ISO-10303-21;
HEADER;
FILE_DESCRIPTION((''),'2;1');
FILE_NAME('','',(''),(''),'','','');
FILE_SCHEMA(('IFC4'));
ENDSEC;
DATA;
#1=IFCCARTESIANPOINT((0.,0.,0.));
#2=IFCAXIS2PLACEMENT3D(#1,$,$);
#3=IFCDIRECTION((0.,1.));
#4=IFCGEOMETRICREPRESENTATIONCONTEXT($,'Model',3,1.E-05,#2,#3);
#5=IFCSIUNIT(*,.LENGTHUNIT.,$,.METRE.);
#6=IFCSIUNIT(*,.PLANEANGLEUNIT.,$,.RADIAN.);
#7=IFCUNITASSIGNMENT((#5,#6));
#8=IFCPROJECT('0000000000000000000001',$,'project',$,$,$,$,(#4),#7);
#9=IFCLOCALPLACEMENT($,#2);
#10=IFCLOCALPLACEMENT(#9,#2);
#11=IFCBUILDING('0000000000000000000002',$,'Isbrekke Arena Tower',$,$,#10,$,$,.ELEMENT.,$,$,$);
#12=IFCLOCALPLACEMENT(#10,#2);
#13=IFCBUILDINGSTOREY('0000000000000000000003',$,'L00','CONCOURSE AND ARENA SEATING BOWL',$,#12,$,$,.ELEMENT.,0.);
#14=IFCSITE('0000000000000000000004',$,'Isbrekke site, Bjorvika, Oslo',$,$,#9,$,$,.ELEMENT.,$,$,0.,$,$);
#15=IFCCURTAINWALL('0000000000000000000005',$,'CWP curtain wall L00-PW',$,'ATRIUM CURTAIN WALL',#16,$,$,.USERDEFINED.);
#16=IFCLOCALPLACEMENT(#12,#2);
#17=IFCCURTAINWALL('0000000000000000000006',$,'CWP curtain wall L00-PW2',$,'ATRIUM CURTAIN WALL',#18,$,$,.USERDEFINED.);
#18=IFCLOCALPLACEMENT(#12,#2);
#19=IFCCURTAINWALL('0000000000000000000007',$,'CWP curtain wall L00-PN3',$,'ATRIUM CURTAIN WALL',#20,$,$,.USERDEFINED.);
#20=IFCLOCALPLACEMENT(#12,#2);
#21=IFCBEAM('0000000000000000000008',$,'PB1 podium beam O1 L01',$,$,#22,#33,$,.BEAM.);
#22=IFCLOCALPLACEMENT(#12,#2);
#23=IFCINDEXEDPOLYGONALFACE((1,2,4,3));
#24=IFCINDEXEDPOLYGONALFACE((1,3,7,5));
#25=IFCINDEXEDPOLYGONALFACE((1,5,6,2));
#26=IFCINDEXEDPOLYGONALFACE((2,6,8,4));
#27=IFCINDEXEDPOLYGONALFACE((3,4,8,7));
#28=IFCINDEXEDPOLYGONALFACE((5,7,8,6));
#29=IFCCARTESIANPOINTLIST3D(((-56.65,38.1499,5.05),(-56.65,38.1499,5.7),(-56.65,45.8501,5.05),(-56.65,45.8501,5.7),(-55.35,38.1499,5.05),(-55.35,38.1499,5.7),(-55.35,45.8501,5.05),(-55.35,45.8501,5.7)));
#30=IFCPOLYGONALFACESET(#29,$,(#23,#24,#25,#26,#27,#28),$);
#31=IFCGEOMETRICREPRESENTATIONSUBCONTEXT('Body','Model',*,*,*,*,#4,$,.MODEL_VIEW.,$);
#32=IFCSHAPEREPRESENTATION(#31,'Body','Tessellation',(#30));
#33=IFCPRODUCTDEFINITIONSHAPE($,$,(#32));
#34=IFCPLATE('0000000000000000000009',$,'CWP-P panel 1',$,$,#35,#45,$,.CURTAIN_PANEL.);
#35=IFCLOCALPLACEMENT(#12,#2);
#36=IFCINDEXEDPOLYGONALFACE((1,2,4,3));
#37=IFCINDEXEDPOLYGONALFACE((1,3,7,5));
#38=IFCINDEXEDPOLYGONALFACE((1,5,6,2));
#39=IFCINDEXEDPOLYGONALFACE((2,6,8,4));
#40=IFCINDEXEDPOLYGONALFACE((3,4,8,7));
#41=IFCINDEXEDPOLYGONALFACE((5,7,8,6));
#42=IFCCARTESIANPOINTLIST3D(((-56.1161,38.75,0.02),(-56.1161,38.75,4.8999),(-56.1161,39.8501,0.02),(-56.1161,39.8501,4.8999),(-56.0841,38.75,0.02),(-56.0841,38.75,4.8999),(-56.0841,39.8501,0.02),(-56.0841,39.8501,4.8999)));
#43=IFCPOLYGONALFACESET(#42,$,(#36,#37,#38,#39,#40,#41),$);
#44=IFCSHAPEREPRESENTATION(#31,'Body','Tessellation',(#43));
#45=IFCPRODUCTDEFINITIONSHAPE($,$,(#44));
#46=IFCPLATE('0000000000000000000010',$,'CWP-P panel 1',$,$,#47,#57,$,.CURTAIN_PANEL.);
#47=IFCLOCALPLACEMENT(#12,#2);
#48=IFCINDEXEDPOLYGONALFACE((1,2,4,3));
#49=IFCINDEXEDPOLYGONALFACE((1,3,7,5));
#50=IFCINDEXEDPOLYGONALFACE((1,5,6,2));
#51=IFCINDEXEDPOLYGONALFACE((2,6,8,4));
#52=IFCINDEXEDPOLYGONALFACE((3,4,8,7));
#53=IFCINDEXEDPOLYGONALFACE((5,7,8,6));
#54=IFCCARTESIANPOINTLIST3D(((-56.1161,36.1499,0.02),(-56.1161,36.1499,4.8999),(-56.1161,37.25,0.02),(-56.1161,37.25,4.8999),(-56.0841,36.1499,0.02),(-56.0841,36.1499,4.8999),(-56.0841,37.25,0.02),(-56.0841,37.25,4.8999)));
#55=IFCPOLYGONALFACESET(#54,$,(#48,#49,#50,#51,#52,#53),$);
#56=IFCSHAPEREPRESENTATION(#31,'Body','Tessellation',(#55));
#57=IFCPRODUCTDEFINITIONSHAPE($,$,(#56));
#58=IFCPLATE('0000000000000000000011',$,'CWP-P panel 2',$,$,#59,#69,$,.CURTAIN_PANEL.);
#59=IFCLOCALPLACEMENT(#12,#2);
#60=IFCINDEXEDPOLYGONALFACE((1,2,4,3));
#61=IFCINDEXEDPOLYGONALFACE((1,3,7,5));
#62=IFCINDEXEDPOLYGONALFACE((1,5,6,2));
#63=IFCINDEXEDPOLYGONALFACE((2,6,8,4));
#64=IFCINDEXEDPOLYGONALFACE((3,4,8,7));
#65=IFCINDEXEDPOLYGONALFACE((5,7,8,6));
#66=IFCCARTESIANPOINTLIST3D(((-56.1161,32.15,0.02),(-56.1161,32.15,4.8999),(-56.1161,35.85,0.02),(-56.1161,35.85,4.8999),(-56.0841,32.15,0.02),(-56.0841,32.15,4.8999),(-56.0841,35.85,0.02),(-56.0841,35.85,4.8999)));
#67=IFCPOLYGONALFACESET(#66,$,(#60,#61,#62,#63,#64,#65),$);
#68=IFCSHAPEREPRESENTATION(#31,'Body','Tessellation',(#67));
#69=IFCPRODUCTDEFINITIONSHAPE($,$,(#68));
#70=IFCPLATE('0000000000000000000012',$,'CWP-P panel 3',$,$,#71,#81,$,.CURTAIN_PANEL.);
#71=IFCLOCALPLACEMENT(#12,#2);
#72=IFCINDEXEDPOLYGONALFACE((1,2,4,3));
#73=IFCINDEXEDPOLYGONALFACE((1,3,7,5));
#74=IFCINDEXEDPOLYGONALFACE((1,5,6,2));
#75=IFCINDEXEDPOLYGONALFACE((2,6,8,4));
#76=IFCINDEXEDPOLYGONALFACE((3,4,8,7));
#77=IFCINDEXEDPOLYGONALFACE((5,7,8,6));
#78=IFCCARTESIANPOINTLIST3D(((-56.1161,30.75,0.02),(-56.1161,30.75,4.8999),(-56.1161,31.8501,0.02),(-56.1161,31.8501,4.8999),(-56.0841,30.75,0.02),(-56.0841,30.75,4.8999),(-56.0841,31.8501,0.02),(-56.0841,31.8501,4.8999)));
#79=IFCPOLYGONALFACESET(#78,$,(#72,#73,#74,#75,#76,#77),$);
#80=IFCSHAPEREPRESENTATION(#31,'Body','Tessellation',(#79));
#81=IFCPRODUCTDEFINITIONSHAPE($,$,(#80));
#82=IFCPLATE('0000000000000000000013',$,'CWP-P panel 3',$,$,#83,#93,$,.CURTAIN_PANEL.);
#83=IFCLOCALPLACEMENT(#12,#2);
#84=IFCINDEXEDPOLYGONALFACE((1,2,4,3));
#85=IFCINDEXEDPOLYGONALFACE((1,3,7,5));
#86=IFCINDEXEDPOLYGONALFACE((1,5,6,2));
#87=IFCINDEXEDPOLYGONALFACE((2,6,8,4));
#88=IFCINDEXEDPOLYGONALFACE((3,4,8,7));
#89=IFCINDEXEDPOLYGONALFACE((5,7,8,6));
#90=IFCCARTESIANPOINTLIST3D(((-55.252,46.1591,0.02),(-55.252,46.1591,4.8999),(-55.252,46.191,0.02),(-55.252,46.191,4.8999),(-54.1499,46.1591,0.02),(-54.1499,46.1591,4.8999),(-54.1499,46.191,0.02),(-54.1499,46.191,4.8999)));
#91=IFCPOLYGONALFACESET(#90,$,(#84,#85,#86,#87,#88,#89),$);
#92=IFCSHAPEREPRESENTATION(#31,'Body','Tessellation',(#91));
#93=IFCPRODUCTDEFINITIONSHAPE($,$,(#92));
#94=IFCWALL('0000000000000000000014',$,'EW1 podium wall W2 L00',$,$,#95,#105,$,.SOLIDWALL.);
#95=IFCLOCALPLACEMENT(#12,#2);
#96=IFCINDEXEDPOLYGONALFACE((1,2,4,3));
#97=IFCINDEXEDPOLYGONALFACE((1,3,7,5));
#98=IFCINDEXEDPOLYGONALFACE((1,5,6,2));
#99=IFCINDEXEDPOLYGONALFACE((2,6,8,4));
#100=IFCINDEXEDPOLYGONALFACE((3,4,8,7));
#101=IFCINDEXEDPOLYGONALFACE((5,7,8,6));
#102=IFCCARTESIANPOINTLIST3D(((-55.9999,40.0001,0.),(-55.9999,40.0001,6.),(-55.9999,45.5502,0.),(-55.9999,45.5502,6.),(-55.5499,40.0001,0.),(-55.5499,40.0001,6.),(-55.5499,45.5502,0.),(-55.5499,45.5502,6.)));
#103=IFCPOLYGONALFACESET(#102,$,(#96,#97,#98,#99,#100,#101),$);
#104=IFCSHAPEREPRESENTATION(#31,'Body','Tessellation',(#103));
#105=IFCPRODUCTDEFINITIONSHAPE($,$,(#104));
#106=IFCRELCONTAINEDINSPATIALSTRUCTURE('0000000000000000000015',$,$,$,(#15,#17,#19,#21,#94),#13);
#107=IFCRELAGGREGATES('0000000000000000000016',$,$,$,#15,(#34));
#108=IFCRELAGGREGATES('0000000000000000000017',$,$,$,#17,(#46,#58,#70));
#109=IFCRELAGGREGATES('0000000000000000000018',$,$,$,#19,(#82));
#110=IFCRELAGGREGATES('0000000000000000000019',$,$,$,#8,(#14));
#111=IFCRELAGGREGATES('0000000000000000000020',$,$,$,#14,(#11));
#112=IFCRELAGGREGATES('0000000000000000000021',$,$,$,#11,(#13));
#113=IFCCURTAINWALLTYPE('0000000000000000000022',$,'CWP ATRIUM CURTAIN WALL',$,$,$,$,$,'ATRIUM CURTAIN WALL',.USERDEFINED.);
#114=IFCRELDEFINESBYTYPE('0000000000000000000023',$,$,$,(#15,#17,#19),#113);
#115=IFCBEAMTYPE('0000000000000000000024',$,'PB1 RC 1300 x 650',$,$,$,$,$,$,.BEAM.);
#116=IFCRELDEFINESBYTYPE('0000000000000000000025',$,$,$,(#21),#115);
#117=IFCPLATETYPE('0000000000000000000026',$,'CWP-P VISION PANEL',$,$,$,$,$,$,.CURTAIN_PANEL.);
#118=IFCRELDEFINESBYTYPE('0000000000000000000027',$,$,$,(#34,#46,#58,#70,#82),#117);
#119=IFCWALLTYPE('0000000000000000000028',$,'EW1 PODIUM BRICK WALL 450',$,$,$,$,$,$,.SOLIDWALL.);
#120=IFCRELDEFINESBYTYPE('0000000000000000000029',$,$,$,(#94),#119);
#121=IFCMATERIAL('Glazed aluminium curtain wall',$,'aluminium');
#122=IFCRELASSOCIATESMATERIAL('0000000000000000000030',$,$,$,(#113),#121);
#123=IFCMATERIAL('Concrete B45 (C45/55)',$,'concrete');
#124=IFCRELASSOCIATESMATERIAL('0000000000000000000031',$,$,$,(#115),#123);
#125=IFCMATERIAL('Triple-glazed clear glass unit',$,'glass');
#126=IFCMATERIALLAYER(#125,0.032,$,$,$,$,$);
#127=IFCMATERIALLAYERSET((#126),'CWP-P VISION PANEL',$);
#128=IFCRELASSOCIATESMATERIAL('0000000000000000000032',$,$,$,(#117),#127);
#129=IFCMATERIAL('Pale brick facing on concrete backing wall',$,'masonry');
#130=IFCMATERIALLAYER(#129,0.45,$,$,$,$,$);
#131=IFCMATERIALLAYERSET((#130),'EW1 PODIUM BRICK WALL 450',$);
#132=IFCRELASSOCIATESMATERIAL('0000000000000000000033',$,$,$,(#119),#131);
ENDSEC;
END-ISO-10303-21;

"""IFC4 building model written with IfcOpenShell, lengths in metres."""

from ifc_helpers import new_model, si_unit, direction, frame, frame_2d, origin, origin_2d, place, context, subcontext, project, spatial, rectangle, extrude, material, layer, layer_set, material_profile, profile_set, type_object, element, aggregate, save


model = new_model("IFC4")

# Units and contexts
model_context = context("Model", 3, precision=1e-05, world=origin(), true_north=direction((0.0, 1.0)))
body_context = subcontext(model_context, "Body", "Model", "MODEL_VIEW")
ifc_project = project(units=[si_unit("LENGTHUNIT", "METRE"), si_unit("PLANEANGLEUNIT", "RADIAN")], contexts=[model_context])

# Site, building, storey
site_placement = place(None, origin())
site = spatial("IfcSite", under=ifc_project, at=site_placement, Name="Isbrekke site, Bjorvika, Oslo", CompositionType="ELEMENT", RefElevation=0.0)
building_placement = place(site_placement, origin())
building = spatial("IfcBuilding", under=site, at=building_placement, Name="Isbrekke Arena Tower", CompositionType="ELEMENT")
storey_placement = place(building_placement, origin())
storey = spatial("IfcBuildingStorey", under=building, at=storey_placement, Name="L00", Description="CONCOURSE AND ARENA SEATING BOWL", CompositionType="ELEMENT", Elevation=0.0)

# Curtain walls
ifc_material_1 = material(Name="Glazed aluminium curtain wall", Category="aluminium")
curtain_wall_type = type_object("IfcCurtainWallType", Name="CWP ATRIUM CURTAIN WALL", ElementType="ATRIUM CURTAIN WALL", PredefinedType="USERDEFINED", material=ifc_material_1)
curtain_wall_1_placement = place(storey_placement, origin())
curtain_wall_1 = element("IfcCurtainWall", 1, at=curtain_wall_1_placement, inside=storey, type_object=curtain_wall_type, Name="CWP curtain wall L00-PW", ObjectType="ATRIUM CURTAIN WALL", PredefinedType="USERDEFINED")
curtain_wall_2_placement = place(storey_placement, origin())
curtain_wall_2 = element("IfcCurtainWall", 2, at=curtain_wall_2_placement, inside=storey, type_object=curtain_wall_type, Name="CWP curtain wall L00-PW2", ObjectType="ATRIUM CURTAIN WALL", PredefinedType="USERDEFINED")

# Curtain wall
curtain_wall_3_placement = place(storey_placement, origin())
curtain_wall_3 = element("IfcCurtainWall", 3, at=curtain_wall_3_placement, inside=storey, type_object=curtain_wall_type, Name="CWP curtain wall L00-PN3", ObjectType="ATRIUM CURTAIN WALL", PredefinedType="USERDEFINED")

# Beam
ifc_material_2 = material(Name="Concrete B45 (C45/55)", Category="concrete")
ifc_material_profile_1 = material_profile(ifc_material_2, rectangle(XDim=1.3, YDim=0.6499, at=origin_2d()), Name="RC 1300x650")
ifc_profile_set_1 = profile_set([ifc_material_profile_1], Name="Concrete B45 (C45/55)")
beam_type = type_object("IfcBeamType", Name="PB1 RC 1300 x 650", PredefinedType="BEAM", material=ifc_profile_set_1)
beam_placement = place(storey_placement, frame((-56.0, 38.1499, 5.375), z_axis=(0.0, 1.0, 0.0), x_axis=(-1.0, 0.0, 0.0)))
element("IfcBeam", 4, at=beam_placement, inside=storey, type_object=beam_type, Name="PB1 podium beam O1 L01", PredefinedType="BEAM", context=body_context, shape_type="SweptSolid", body=[
    extrude(rectangle(XDim=1.3, YDim=0.6499, at=origin_2d()), origin(), (0.0, 0.0, 1.0), 7.7002),
])

# Plates
ifc_material_3 = material(Name="Triple-glazed clear glass unit", Category="glass")
ifc_layer_1 = layer(ifc_material_3, 0.032)
ifc_layer_set_1 = layer_set([ifc_layer_1], Name="CWP-P VISION PANEL")
plate_type = type_object("IfcPlateType", Name="CWP-P VISION PANEL", PredefinedType="CURTAIN_PANEL", material=ifc_layer_set_1)
plate_1_placement = place(storey_placement, frame((-56.1001, 39.3, 0.02), z_axis=(0.0, 0.0, 1.0), x_axis=(0.0, -1.0, 0.0)))
plate_1 = element("IfcPlate", 5, at=plate_1_placement, type_object=plate_type, Name="CWP-P panel 1", PredefinedType="CURTAIN_PANEL", context=body_context, shape_type="SweptSolid", body=[
    extrude(rectangle(XDim=1.1001, YDim=0.032, at=origin_2d()), origin(), (0.0, 0.0, 1.0), 4.8799),
])
aggregate(curtain_wall_1, [plate_1])
plate_2_placement = place(storey_placement, frame((-56.1001, 36.7, 0.02), z_axis=(0.0, 0.0, 1.0), x_axis=(0.0, -1.0, 0.0)))
plate_2 = element("IfcPlate", 6, at=plate_2_placement, type_object=plate_type, Name="CWP-P panel 1", PredefinedType="CURTAIN_PANEL", context=body_context, shape_type="SweptSolid", body=[
    extrude(rectangle(XDim=1.1001, YDim=0.032, at=origin_2d()), origin(), (0.0, 0.0, 1.0), 4.8799),
])
plate_3_placement = place(storey_placement, frame((-56.1001, 34.0, 0.02), z_axis=(0.0, 0.0, 1.0), x_axis=(0.0, -1.0, 0.0)))
plate_3 = element("IfcPlate", 7, at=plate_3_placement, type_object=plate_type, Name="CWP-P panel 2", PredefinedType="CURTAIN_PANEL", context=body_context, shape_type="SweptSolid", body=[
    extrude(rectangle(XDim=3.7, YDim=0.032, at=origin_2d()), origin(), (0.0, 0.0, 1.0), 4.8799),
])
plate_4_placement = place(storey_placement, frame((-56.1001, 31.3, 0.02), z_axis=(0.0, 0.0, 1.0), x_axis=(0.0, -1.0, 0.0)))
plate_4 = element("IfcPlate", 8, at=plate_4_placement, type_object=plate_type, Name="CWP-P panel 3", PredefinedType="CURTAIN_PANEL", context=body_context, shape_type="SweptSolid", body=[
    extrude(rectangle(XDim=1.1001, YDim=0.032, at=origin_2d()), origin(), (0.0, 0.0, 1.0), 4.8799),
])
aggregate(curtain_wall_2, [plate_2, plate_3, plate_4])
plate_5_placement = place(storey_placement, frame((-54.7009, 46.175, 0.02), z_axis=(0.0, 0.0, 1.0), x_axis=(-1.0, 0.0, 0.0)))
plate_5 = element("IfcPlate", 9, at=plate_5_placement, type_object=plate_type, Name="CWP-P panel 3", PredefinedType="CURTAIN_PANEL", context=body_context, shape_type="SweptSolid", body=[
    extrude(rectangle(XDim=1.1021, YDim=0.032, at=origin_2d()), origin(), (0.0, 0.0, 1.0), 4.8799),
])
aggregate(curtain_wall_3, [plate_5])

# Wall
ifc_material_4 = material(Name="Pale brick facing on concrete backing wall", Category="masonry")
ifc_layer_2 = layer(ifc_material_4, 0.45)
ifc_layer_set_2 = layer_set([ifc_layer_2], Name="EW1 PODIUM BRICK WALL 450")
wall_type = type_object("IfcWallType", Name="EW1 PODIUM BRICK WALL 450", PredefinedType="SOLIDWALL", material=ifc_layer_set_2)
wall_placement = place(storey_placement, frame((-55.7749, 45.55, 0.0), z_axis=(0.0, 0.0, 1.0), x_axis=(0.0, -1.0, 0.0)))
element("IfcWall", 10, at=wall_placement, inside=storey, type_object=wall_type, Name="EW1 podium wall W2 L00", PredefinedType="SOLIDWALL", context=body_context, shape_type="SweptSolid", body=[
    extrude(rectangle(XDim=5.55, YDim=0.45, at=frame_2d((2.7749, 0.0))), origin(), (0.0, 0.0, 1.0), 6.0),
])

save(model, "model.ifc")
